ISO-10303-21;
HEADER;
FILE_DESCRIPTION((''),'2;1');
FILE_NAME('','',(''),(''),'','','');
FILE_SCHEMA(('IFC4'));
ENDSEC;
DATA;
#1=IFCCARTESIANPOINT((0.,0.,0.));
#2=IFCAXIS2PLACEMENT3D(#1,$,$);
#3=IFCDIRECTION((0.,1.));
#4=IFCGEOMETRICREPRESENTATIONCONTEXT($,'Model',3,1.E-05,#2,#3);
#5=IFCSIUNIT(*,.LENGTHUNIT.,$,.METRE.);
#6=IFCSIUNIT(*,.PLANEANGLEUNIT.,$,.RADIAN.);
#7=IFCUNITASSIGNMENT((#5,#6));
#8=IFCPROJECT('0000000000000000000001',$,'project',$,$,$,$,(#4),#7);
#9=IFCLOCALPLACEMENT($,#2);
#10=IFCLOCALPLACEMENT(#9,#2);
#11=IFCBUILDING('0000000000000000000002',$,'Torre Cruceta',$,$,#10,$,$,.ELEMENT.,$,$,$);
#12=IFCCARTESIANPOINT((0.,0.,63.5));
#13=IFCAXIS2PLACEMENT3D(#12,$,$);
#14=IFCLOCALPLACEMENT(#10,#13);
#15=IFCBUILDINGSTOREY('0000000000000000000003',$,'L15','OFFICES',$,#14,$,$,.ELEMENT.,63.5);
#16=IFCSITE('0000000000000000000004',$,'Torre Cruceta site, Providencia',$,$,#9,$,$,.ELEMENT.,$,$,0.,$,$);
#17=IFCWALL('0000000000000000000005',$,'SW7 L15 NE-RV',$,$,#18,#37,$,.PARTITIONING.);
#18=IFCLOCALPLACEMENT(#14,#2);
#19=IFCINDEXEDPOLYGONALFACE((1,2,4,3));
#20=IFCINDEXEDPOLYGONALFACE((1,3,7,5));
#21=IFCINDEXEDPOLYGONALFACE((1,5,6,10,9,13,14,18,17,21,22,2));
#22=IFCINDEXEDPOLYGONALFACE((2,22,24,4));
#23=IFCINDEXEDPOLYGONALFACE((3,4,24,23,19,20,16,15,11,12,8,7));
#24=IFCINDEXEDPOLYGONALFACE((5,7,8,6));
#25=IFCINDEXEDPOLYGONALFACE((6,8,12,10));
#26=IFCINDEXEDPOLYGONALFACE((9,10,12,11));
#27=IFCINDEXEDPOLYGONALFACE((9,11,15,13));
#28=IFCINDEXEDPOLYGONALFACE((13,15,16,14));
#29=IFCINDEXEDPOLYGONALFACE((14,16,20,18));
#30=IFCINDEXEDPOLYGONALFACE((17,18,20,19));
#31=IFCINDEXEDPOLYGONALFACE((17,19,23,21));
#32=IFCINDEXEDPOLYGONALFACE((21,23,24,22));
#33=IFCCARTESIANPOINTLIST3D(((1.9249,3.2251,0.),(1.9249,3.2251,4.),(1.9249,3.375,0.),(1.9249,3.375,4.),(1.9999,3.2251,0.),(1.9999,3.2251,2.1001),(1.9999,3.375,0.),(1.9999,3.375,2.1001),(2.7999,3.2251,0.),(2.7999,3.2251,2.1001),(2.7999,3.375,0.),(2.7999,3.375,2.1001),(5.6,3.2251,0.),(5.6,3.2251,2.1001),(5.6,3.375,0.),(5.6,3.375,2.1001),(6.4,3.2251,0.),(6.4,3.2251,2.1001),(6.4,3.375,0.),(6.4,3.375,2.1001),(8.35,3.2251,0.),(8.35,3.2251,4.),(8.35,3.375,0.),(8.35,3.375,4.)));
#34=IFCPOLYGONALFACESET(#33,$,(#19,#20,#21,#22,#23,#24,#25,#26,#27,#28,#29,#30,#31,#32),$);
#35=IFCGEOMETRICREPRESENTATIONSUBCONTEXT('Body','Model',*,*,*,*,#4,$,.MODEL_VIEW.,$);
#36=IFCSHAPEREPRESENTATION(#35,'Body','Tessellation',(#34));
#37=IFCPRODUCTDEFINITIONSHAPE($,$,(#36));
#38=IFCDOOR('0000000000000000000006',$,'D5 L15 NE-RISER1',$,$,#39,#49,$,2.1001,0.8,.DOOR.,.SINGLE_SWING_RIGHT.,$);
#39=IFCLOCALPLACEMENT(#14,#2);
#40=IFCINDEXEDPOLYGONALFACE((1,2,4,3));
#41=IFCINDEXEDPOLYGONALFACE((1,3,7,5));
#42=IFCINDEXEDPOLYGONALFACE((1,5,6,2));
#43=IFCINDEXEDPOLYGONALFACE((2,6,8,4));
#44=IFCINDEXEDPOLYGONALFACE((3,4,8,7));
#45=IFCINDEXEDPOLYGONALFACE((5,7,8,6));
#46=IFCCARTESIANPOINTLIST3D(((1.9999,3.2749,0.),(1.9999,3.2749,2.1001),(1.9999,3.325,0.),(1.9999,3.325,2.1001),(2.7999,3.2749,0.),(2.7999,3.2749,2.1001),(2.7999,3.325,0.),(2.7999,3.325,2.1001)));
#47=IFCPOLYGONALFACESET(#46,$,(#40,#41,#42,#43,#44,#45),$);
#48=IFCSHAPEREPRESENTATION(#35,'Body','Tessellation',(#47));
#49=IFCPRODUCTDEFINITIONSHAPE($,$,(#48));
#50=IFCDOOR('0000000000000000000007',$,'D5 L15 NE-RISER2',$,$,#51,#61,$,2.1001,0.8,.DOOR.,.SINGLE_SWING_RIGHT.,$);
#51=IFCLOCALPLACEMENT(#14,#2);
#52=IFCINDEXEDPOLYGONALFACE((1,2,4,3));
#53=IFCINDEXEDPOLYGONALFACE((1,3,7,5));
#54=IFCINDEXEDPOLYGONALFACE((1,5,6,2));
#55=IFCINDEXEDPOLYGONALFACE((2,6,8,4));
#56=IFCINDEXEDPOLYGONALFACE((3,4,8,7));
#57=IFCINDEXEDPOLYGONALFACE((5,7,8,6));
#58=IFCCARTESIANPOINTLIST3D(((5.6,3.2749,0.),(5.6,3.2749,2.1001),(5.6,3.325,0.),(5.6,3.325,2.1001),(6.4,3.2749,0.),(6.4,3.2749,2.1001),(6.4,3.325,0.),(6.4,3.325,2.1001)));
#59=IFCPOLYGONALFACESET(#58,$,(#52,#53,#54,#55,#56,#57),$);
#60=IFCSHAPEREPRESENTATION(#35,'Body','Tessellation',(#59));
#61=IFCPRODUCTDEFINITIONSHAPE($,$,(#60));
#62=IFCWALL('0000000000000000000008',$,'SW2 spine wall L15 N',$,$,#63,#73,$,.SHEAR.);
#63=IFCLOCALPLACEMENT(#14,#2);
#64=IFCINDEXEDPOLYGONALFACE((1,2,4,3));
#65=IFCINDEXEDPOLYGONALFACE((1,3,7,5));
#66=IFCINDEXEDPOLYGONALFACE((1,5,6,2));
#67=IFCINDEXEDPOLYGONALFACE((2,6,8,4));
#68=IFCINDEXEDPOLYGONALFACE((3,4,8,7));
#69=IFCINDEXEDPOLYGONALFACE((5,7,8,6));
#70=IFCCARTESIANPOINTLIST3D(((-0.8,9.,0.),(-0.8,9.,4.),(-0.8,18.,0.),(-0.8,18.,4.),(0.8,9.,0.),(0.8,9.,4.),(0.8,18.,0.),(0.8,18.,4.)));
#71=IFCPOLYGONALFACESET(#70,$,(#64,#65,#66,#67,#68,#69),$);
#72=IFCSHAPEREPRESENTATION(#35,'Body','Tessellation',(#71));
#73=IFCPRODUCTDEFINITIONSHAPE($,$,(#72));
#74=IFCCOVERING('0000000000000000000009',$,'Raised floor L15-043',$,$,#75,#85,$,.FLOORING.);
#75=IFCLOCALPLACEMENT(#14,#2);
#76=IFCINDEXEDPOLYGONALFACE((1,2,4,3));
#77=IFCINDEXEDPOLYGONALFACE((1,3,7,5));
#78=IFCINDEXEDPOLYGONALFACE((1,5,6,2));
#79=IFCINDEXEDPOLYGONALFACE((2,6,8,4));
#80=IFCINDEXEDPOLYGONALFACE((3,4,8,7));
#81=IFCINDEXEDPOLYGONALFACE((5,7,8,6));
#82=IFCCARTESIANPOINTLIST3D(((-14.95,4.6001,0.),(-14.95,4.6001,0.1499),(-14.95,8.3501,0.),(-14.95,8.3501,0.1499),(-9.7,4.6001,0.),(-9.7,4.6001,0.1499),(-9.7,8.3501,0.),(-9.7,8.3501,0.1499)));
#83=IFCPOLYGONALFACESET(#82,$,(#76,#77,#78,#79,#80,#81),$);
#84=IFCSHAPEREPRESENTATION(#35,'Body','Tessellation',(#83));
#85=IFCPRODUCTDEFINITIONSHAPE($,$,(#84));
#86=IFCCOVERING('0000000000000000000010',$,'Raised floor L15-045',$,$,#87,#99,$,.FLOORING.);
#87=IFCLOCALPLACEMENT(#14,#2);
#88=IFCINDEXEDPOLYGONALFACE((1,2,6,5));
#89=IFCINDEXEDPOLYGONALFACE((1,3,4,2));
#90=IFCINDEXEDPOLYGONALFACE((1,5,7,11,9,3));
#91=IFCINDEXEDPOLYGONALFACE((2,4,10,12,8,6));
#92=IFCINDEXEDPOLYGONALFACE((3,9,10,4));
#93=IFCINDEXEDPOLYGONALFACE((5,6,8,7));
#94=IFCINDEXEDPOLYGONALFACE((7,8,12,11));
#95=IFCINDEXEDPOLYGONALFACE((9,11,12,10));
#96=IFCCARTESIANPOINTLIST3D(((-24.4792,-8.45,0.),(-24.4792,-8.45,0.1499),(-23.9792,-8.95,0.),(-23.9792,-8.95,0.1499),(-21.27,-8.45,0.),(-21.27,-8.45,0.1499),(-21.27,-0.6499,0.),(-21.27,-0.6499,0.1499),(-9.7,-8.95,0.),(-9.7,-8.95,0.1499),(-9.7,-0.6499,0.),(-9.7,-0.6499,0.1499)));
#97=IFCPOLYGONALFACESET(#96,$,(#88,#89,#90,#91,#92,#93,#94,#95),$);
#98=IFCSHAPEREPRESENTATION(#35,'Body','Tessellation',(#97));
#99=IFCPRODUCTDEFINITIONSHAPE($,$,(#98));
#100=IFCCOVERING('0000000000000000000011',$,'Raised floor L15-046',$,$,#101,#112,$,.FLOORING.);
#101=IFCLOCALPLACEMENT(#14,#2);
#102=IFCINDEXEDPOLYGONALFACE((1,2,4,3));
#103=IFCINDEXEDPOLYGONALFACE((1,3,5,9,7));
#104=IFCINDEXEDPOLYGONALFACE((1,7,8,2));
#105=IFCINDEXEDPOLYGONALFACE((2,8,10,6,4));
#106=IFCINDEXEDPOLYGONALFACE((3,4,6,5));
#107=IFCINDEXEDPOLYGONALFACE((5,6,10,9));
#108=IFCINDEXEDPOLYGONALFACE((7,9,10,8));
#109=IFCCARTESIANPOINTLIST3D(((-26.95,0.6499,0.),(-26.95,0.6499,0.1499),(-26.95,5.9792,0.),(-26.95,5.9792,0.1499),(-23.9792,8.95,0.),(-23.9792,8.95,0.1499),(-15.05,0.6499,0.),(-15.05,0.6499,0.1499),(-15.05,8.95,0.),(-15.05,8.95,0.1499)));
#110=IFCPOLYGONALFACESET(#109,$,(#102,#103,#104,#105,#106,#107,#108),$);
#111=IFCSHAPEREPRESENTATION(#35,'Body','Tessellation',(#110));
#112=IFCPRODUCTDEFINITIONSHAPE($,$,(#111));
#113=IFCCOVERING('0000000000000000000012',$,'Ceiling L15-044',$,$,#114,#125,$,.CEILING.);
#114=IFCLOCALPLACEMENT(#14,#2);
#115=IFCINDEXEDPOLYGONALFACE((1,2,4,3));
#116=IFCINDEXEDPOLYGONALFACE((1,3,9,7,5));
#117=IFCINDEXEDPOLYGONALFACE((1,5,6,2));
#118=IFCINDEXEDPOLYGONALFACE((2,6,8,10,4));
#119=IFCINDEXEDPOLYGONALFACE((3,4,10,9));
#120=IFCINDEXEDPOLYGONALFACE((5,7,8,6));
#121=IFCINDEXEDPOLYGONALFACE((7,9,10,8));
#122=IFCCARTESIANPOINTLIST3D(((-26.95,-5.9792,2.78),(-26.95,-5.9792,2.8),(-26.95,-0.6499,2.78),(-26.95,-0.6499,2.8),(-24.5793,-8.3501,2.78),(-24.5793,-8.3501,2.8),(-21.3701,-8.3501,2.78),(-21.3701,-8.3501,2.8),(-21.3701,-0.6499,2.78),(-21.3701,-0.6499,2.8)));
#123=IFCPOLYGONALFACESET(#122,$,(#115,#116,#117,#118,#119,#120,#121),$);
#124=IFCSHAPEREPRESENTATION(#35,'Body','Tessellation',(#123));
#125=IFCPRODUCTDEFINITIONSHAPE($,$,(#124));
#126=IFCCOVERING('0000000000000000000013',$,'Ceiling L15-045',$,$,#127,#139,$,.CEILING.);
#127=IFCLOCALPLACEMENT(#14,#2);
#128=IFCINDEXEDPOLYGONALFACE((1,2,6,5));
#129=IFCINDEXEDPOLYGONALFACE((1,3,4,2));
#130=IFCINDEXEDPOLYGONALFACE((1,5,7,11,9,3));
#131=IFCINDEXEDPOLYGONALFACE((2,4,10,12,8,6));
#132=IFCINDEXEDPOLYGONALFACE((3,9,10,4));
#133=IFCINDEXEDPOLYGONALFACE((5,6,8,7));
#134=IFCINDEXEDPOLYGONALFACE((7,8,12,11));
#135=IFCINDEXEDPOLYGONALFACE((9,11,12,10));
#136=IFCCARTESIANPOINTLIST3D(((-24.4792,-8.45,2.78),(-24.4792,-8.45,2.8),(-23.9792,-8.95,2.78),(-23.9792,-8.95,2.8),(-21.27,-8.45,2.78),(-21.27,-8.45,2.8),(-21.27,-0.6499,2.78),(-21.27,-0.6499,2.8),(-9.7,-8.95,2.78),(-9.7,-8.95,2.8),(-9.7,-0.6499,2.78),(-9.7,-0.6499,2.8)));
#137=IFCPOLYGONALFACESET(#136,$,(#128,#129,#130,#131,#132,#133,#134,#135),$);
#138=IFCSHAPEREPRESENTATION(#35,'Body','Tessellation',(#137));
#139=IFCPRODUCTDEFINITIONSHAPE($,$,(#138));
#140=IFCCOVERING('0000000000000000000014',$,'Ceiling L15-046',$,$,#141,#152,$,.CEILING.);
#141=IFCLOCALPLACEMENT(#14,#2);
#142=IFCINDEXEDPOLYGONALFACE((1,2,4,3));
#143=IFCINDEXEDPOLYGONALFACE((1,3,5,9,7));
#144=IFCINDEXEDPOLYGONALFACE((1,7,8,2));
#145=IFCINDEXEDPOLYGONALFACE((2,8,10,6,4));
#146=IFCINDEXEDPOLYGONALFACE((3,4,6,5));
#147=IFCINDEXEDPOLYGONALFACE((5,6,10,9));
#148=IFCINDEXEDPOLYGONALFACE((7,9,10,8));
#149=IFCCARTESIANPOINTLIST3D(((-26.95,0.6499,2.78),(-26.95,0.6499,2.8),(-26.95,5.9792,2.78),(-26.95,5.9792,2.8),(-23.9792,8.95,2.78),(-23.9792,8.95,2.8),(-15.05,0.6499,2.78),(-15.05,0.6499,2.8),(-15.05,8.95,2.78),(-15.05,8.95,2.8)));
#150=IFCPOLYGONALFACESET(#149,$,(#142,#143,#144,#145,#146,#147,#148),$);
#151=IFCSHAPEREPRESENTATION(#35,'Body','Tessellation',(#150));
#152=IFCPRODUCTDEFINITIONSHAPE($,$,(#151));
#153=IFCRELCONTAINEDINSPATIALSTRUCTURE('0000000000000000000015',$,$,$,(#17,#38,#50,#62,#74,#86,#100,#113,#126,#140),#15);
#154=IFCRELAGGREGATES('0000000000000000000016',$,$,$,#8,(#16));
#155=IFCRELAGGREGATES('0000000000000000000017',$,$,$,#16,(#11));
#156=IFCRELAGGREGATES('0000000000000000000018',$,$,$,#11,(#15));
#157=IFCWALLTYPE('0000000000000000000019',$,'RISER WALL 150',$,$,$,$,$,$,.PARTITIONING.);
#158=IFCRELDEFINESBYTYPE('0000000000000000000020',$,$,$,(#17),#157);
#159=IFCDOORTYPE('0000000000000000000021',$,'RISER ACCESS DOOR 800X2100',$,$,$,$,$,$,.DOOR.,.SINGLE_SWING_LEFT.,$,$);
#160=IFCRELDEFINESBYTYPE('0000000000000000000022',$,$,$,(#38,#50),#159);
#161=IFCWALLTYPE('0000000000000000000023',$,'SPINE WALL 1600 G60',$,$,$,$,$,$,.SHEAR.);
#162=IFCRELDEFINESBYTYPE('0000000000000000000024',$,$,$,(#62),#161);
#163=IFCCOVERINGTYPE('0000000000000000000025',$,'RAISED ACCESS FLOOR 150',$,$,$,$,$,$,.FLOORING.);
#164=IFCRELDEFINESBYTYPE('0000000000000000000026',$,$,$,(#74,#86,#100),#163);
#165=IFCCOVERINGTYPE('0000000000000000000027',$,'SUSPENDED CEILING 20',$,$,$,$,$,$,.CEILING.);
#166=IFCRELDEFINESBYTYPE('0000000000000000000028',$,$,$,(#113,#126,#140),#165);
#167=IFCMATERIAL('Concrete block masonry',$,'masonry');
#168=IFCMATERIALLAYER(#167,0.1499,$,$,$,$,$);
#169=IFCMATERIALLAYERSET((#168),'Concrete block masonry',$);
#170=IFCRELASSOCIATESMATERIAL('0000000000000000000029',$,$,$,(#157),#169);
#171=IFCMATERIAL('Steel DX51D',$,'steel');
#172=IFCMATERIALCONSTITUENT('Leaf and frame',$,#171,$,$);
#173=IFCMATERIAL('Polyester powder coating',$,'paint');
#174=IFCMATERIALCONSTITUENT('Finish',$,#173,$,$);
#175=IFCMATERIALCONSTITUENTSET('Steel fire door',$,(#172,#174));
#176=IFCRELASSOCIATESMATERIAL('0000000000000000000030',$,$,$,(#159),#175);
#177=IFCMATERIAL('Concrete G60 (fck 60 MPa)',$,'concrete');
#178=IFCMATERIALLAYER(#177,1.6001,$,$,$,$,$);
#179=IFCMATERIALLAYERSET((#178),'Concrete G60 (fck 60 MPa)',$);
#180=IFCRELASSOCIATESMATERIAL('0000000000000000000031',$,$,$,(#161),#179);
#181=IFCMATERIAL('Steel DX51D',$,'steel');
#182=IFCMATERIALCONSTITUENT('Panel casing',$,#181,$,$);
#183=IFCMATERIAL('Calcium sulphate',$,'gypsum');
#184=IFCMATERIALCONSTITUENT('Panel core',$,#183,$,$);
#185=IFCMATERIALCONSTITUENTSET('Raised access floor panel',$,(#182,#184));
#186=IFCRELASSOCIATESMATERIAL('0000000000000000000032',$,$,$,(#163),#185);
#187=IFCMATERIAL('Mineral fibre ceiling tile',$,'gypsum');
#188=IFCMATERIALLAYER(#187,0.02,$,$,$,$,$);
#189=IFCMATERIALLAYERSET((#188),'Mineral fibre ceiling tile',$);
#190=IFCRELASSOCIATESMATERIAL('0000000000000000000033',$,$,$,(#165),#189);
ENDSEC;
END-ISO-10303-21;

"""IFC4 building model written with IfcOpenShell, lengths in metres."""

from ifc_helpers import new_model, si_unit, direction, frame, frame_2d, origin, place, context, subcontext, project, spatial, polyline, rectangle, outline, extrude, material, layer, layer_set, constituent, constituent_set, type_object, element, fill, save


model = new_model("IFC4")

# Units and contexts
model_context = context("Model", 3, precision=1e-05, world=origin(), true_north=direction((0.0, 1.0)))
body_context = subcontext(model_context, "Body", "Model", "MODEL_VIEW")
ifc_project = project(units=[si_unit("LENGTHUNIT", "METRE"), si_unit("PLANEANGLEUNIT", "RADIAN")], contexts=[model_context])

# Site, building, storey
site_placement = place(None, origin())
site = spatial("IfcSite", under=ifc_project, at=site_placement, Name="Torre Cruceta site, Providencia", CompositionType="ELEMENT", RefElevation=0.0)
building_placement = place(site_placement, origin())
building = spatial("IfcBuilding", under=site, at=building_placement, Name="Torre Cruceta", CompositionType="ELEMENT")
storey_placement = place(building_placement, frame((0.0, 0.0, 63.5)))
storey = spatial("IfcBuildingStorey", under=building, at=storey_placement, Name="L15", Description="OFFICES", CompositionType="ELEMENT", Elevation=63.5)

# Wall, openings, doors
ifc_material_1 = material(Name="Concrete block masonry", Category="masonry")
ifc_layer_1 = layer(ifc_material_1, 0.1499)
ifc_layer_set_1 = layer_set([ifc_layer_1], Name="Concrete block masonry")
wall_type_1 = type_object("IfcWallType", Name="RISER WALL 150", PredefinedType="PARTITIONING", material=ifc_layer_set_1)
wall_1_placement = place(storey_placement, frame((1.925, 3.3, 0.0), z_axis=(0.0, 0.0, 1.0), x_axis=(1.0, 0.0, 0.0)))
wall_1 = element("IfcWall", 1, at=wall_1_placement, inside=storey, type_object=wall_type_1, Name="SW7 L15 NE-RV", PredefinedType="PARTITIONING", context=body_context, shape_type="SweptSolid", body=[
    extrude(rectangle(XDim=6.425, YDim=0.1499, at=frame_2d((3.2124, 0.0))), origin(), (0.0, 0.0, 1.0), 4.0),
])
opening_1_placement = place(wall_1_placement, frame((0.075, 0.0, 0.0)))
opening_1 = element("IfcOpeningElement", 2, at=opening_1_placement, cuts=wall_1, PredefinedType="OPENING", context=body_context, shape_type="SweptSolid", body=[
    extrude(rectangle(XDim=0.8, YDim=2.1001, at=frame_2d((0.3999, 1.05))), frame((0.0, 0.085, 0.0), z_axis=(0.0, -1.0, 0.0), x_axis=(1.0, 0.0, 0.0)), (0.0, 0.0, 1.0), 0.1699),
])
opening_2_placement = place(wall_1_placement, frame((3.675, 0.0, 0.0)))
opening_2 = element("IfcOpeningElement", 3, at=opening_2_placement, cuts=wall_1, PredefinedType="OPENING", context=body_context, shape_type="SweptSolid", body=[
    extrude(rectangle(XDim=0.8, YDim=2.1001, at=frame_2d((0.3999, 1.05))), frame((0.0, 0.085, 0.0), z_axis=(0.0, -1.0, 0.0), x_axis=(1.0, 0.0, 0.0)), (0.0, 0.0, 1.0), 0.1699),
])
ifc_material_2 = material(Name="Steel DX51D", Category="steel")
ifc_constituent_1 = constituent(ifc_material_2, Name="Leaf and frame")
ifc_material_3 = material(Name="Polyester powder coating", Category="paint")
ifc_constituent_2 = constituent(ifc_material_3, Name="Finish")
ifc_constituent_set_1 = constituent_set(constituents=[ifc_constituent_1, ifc_constituent_2], Name="Steel fire door")
door_type_1 = type_object("IfcDoorType", Name="RISER ACCESS DOOR 800X2100", OperationType="SINGLE_SWING_LEFT", PredefinedType="DOOR", material=ifc_constituent_set_1)
door_1_placement = place(opening_1_placement, frame((0.8, 0.0, 0.0), z_axis=(0.0, 0.0, 1.0), x_axis=(-1.0, 0.0, 0.0)))
door_1 = element("IfcDoor", 4, at=door_1_placement, inside=storey, type_object=door_type_1, Name="D5 L15 NE-RISER1", OperationType="SINGLE_SWING_RIGHT", OverallHeight=2.1001, OverallWidth=0.8, PredefinedType="DOOR", context=body_context, shape_type="SweptSolid", body=[
    extrude(rectangle(XDim=0.8, YDim=2.1001, at=frame_2d((0.4001, 1.05))), frame((0.0, 0.0251, 0.0), z_axis=(0.0, -1.0, 0.0), x_axis=(1.0, 0.0, 0.0)), (0.0, 0.0, 1.0), 0.05),
])
fill(opening_1, door_1)
door_2_placement = place(opening_2_placement, frame((0.8, 0.0, 0.0), z_axis=(0.0, 0.0, 1.0), x_axis=(-1.0, 0.0, 0.0)))
door_2 = element("IfcDoor", 5, at=door_2_placement, inside=storey, type_object=door_type_1, Name="D5 L15 NE-RISER2", OperationType="SINGLE_SWING_RIGHT", OverallHeight=2.1001, OverallWidth=0.8, PredefinedType="DOOR", context=body_context, shape_type="SweptSolid", body=[
    extrude(rectangle(XDim=0.8, YDim=2.1001, at=frame_2d((0.4001, 1.05))), frame((0.0, 0.0251, 0.0), z_axis=(0.0, -1.0, 0.0), x_axis=(1.0, 0.0, 0.0)), (0.0, 0.0, 1.0), 0.05),
])
fill(opening_2, door_2)

# Wall
ifc_material_4 = material(Name="Concrete G60 (fck 60 MPa)", Category="concrete")
ifc_layer_2 = layer(ifc_material_4, 1.6001)
ifc_layer_set_2 = layer_set([ifc_layer_2], Name="Concrete G60 (fck 60 MPa)")
wall_type_2 = type_object("IfcWallType", Name="SPINE WALL 1600 G60", PredefinedType="SHEAR", material=ifc_layer_set_2)
wall_2_placement = place(storey_placement, frame((0.0, 9.0, 0.0), z_axis=(0.0, 0.0, 1.0), x_axis=(0.0, 1.0, 0.0)))
element("IfcWall", 6, at=wall_2_placement, inside=storey, type_object=wall_type_2, Name="SW2 spine wall L15 N", PredefinedType="SHEAR", context=body_context, shape_type="SweptSolid", body=[
    extrude(rectangle(XDim=9.0, YDim=1.6001, at=frame_2d((4.5, 0.0))), origin(), (0.0, 0.0, 1.0), 4.0),
])

# Coverings
ifc_material_5 = material(Name="Steel DX51D", Category="steel")
ifc_constituent_3 = constituent(ifc_material_5, Name="Panel casing")
ifc_material_6 = material(Name="Calcium sulphate", Category="gypsum")
ifc_constituent_4 = constituent(ifc_material_6, Name="Panel core")
ifc_constituent_set_2 = constituent_set(constituents=[ifc_constituent_3, ifc_constituent_4], Name="Raised access floor panel")
covering_type_1 = type_object("IfcCoveringType", Name="RAISED ACCESS FLOOR 150", PredefinedType="FLOORING", material=ifc_constituent_set_2)
covering_1_placement = place(storey_placement, origin())
element("IfcCovering", 7, at=covering_1_placement, inside=storey, type_object=covering_type_1, Name="Raised floor L15-043", PredefinedType="FLOORING", context=body_context, shape_type="SweptSolid", body=[
    extrude(outline(polyline([(-9.7, 8.3501), (-9.7, 4.6001), (-14.95, 4.6001), (-14.95, 8.3501), (-9.7, 8.3501)])), origin(), (0.0, 0.0, 1.0), 0.1499),
])
covering_2_placement = place(storey_placement, origin())
element("IfcCovering", 8, at=covering_2_placement, inside=storey, type_object=covering_type_1, Name="Raised floor L15-045", PredefinedType="FLOORING", context=body_context, shape_type="SweptSolid", body=[
    extrude(outline(polyline([(-24.4792, -8.45), (-21.27, -8.45), (-21.27, -0.6499), (-9.7, -0.6499), (-9.7, -8.95), (-23.9792, -8.95), (-24.4792, -8.45)])), origin(), (0.0, 0.0, 1.0), 0.1499),
])
covering_3_placement = place(storey_placement, origin())
element("IfcCovering", 9, at=covering_3_placement, inside=storey, type_object=covering_type_1, Name="Raised floor L15-046", PredefinedType="FLOORING", context=body_context, shape_type="SweptSolid", body=[
    extrude(outline(polyline([(-26.95, 5.9792), (-23.9792, 8.95), (-15.05, 8.95), (-15.05, 0.6499), (-26.95, 0.6499), (-26.95, 5.9792)])), origin(), (0.0, 0.0, 1.0), 0.1499),
])
ifc_material_7 = material(Name="Mineral fibre ceiling tile", Category="gypsum")
ifc_layer_3 = layer(ifc_material_7, 0.02)
ifc_layer_set_3 = layer_set([ifc_layer_3], Name="Mineral fibre ceiling tile")
covering_type_2 = type_object("IfcCoveringType", Name="SUSPENDED CEILING 20", PredefinedType="CEILING", material=ifc_layer_set_3)
covering_4_placement = place(storey_placement, frame((0.0, 0.0, 2.78)))
element("IfcCovering", 10, at=covering_4_placement, inside=storey, type_object=covering_type_2, Name="Ceiling L15-044", PredefinedType="CEILING", context=body_context, shape_type="SweptSolid", body=[
    extrude(outline(polyline([(-26.95, -0.6499), (-21.3701, -0.6499), (-21.3701, -8.3501), (-24.5793, -8.3501), (-26.95, -5.9792), (-26.95, -0.6499)])), origin(), (0.0, 0.0, 1.0), 0.02),
])
covering_5_placement = place(storey_placement, frame((0.0, 0.0, 2.78)))
element("IfcCovering", 11, at=covering_5_placement, inside=storey, type_object=covering_type_2, Name="Ceiling L15-045", PredefinedType="CEILING", context=body_context, shape_type="SweptSolid", body=[
    extrude(outline(polyline([(-24.4792, -8.45), (-21.27, -8.45), (-21.27, -0.6499), (-9.7, -0.6499), (-9.7, -8.95), (-23.9792, -8.95), (-24.4792, -8.45)])), origin(), (0.0, 0.0, 1.0), 0.02),
])
covering_6_placement = place(storey_placement, frame((0.0, 0.0, 2.78)))
element("IfcCovering", 12, at=covering_6_placement, inside=storey, type_object=covering_type_2, Name="Ceiling L15-046", PredefinedType="CEILING", context=body_context, shape_type="SweptSolid", body=[
    extrude(outline(polyline([(-26.95, 5.9792), (-23.9792, 8.95), (-15.05, 8.95), (-15.05, 0.6499), (-26.95, 0.6499), (-26.95, 5.9792)])), origin(), (0.0, 0.0, 1.0), 0.02),
])

save(model, "model.ifc")
